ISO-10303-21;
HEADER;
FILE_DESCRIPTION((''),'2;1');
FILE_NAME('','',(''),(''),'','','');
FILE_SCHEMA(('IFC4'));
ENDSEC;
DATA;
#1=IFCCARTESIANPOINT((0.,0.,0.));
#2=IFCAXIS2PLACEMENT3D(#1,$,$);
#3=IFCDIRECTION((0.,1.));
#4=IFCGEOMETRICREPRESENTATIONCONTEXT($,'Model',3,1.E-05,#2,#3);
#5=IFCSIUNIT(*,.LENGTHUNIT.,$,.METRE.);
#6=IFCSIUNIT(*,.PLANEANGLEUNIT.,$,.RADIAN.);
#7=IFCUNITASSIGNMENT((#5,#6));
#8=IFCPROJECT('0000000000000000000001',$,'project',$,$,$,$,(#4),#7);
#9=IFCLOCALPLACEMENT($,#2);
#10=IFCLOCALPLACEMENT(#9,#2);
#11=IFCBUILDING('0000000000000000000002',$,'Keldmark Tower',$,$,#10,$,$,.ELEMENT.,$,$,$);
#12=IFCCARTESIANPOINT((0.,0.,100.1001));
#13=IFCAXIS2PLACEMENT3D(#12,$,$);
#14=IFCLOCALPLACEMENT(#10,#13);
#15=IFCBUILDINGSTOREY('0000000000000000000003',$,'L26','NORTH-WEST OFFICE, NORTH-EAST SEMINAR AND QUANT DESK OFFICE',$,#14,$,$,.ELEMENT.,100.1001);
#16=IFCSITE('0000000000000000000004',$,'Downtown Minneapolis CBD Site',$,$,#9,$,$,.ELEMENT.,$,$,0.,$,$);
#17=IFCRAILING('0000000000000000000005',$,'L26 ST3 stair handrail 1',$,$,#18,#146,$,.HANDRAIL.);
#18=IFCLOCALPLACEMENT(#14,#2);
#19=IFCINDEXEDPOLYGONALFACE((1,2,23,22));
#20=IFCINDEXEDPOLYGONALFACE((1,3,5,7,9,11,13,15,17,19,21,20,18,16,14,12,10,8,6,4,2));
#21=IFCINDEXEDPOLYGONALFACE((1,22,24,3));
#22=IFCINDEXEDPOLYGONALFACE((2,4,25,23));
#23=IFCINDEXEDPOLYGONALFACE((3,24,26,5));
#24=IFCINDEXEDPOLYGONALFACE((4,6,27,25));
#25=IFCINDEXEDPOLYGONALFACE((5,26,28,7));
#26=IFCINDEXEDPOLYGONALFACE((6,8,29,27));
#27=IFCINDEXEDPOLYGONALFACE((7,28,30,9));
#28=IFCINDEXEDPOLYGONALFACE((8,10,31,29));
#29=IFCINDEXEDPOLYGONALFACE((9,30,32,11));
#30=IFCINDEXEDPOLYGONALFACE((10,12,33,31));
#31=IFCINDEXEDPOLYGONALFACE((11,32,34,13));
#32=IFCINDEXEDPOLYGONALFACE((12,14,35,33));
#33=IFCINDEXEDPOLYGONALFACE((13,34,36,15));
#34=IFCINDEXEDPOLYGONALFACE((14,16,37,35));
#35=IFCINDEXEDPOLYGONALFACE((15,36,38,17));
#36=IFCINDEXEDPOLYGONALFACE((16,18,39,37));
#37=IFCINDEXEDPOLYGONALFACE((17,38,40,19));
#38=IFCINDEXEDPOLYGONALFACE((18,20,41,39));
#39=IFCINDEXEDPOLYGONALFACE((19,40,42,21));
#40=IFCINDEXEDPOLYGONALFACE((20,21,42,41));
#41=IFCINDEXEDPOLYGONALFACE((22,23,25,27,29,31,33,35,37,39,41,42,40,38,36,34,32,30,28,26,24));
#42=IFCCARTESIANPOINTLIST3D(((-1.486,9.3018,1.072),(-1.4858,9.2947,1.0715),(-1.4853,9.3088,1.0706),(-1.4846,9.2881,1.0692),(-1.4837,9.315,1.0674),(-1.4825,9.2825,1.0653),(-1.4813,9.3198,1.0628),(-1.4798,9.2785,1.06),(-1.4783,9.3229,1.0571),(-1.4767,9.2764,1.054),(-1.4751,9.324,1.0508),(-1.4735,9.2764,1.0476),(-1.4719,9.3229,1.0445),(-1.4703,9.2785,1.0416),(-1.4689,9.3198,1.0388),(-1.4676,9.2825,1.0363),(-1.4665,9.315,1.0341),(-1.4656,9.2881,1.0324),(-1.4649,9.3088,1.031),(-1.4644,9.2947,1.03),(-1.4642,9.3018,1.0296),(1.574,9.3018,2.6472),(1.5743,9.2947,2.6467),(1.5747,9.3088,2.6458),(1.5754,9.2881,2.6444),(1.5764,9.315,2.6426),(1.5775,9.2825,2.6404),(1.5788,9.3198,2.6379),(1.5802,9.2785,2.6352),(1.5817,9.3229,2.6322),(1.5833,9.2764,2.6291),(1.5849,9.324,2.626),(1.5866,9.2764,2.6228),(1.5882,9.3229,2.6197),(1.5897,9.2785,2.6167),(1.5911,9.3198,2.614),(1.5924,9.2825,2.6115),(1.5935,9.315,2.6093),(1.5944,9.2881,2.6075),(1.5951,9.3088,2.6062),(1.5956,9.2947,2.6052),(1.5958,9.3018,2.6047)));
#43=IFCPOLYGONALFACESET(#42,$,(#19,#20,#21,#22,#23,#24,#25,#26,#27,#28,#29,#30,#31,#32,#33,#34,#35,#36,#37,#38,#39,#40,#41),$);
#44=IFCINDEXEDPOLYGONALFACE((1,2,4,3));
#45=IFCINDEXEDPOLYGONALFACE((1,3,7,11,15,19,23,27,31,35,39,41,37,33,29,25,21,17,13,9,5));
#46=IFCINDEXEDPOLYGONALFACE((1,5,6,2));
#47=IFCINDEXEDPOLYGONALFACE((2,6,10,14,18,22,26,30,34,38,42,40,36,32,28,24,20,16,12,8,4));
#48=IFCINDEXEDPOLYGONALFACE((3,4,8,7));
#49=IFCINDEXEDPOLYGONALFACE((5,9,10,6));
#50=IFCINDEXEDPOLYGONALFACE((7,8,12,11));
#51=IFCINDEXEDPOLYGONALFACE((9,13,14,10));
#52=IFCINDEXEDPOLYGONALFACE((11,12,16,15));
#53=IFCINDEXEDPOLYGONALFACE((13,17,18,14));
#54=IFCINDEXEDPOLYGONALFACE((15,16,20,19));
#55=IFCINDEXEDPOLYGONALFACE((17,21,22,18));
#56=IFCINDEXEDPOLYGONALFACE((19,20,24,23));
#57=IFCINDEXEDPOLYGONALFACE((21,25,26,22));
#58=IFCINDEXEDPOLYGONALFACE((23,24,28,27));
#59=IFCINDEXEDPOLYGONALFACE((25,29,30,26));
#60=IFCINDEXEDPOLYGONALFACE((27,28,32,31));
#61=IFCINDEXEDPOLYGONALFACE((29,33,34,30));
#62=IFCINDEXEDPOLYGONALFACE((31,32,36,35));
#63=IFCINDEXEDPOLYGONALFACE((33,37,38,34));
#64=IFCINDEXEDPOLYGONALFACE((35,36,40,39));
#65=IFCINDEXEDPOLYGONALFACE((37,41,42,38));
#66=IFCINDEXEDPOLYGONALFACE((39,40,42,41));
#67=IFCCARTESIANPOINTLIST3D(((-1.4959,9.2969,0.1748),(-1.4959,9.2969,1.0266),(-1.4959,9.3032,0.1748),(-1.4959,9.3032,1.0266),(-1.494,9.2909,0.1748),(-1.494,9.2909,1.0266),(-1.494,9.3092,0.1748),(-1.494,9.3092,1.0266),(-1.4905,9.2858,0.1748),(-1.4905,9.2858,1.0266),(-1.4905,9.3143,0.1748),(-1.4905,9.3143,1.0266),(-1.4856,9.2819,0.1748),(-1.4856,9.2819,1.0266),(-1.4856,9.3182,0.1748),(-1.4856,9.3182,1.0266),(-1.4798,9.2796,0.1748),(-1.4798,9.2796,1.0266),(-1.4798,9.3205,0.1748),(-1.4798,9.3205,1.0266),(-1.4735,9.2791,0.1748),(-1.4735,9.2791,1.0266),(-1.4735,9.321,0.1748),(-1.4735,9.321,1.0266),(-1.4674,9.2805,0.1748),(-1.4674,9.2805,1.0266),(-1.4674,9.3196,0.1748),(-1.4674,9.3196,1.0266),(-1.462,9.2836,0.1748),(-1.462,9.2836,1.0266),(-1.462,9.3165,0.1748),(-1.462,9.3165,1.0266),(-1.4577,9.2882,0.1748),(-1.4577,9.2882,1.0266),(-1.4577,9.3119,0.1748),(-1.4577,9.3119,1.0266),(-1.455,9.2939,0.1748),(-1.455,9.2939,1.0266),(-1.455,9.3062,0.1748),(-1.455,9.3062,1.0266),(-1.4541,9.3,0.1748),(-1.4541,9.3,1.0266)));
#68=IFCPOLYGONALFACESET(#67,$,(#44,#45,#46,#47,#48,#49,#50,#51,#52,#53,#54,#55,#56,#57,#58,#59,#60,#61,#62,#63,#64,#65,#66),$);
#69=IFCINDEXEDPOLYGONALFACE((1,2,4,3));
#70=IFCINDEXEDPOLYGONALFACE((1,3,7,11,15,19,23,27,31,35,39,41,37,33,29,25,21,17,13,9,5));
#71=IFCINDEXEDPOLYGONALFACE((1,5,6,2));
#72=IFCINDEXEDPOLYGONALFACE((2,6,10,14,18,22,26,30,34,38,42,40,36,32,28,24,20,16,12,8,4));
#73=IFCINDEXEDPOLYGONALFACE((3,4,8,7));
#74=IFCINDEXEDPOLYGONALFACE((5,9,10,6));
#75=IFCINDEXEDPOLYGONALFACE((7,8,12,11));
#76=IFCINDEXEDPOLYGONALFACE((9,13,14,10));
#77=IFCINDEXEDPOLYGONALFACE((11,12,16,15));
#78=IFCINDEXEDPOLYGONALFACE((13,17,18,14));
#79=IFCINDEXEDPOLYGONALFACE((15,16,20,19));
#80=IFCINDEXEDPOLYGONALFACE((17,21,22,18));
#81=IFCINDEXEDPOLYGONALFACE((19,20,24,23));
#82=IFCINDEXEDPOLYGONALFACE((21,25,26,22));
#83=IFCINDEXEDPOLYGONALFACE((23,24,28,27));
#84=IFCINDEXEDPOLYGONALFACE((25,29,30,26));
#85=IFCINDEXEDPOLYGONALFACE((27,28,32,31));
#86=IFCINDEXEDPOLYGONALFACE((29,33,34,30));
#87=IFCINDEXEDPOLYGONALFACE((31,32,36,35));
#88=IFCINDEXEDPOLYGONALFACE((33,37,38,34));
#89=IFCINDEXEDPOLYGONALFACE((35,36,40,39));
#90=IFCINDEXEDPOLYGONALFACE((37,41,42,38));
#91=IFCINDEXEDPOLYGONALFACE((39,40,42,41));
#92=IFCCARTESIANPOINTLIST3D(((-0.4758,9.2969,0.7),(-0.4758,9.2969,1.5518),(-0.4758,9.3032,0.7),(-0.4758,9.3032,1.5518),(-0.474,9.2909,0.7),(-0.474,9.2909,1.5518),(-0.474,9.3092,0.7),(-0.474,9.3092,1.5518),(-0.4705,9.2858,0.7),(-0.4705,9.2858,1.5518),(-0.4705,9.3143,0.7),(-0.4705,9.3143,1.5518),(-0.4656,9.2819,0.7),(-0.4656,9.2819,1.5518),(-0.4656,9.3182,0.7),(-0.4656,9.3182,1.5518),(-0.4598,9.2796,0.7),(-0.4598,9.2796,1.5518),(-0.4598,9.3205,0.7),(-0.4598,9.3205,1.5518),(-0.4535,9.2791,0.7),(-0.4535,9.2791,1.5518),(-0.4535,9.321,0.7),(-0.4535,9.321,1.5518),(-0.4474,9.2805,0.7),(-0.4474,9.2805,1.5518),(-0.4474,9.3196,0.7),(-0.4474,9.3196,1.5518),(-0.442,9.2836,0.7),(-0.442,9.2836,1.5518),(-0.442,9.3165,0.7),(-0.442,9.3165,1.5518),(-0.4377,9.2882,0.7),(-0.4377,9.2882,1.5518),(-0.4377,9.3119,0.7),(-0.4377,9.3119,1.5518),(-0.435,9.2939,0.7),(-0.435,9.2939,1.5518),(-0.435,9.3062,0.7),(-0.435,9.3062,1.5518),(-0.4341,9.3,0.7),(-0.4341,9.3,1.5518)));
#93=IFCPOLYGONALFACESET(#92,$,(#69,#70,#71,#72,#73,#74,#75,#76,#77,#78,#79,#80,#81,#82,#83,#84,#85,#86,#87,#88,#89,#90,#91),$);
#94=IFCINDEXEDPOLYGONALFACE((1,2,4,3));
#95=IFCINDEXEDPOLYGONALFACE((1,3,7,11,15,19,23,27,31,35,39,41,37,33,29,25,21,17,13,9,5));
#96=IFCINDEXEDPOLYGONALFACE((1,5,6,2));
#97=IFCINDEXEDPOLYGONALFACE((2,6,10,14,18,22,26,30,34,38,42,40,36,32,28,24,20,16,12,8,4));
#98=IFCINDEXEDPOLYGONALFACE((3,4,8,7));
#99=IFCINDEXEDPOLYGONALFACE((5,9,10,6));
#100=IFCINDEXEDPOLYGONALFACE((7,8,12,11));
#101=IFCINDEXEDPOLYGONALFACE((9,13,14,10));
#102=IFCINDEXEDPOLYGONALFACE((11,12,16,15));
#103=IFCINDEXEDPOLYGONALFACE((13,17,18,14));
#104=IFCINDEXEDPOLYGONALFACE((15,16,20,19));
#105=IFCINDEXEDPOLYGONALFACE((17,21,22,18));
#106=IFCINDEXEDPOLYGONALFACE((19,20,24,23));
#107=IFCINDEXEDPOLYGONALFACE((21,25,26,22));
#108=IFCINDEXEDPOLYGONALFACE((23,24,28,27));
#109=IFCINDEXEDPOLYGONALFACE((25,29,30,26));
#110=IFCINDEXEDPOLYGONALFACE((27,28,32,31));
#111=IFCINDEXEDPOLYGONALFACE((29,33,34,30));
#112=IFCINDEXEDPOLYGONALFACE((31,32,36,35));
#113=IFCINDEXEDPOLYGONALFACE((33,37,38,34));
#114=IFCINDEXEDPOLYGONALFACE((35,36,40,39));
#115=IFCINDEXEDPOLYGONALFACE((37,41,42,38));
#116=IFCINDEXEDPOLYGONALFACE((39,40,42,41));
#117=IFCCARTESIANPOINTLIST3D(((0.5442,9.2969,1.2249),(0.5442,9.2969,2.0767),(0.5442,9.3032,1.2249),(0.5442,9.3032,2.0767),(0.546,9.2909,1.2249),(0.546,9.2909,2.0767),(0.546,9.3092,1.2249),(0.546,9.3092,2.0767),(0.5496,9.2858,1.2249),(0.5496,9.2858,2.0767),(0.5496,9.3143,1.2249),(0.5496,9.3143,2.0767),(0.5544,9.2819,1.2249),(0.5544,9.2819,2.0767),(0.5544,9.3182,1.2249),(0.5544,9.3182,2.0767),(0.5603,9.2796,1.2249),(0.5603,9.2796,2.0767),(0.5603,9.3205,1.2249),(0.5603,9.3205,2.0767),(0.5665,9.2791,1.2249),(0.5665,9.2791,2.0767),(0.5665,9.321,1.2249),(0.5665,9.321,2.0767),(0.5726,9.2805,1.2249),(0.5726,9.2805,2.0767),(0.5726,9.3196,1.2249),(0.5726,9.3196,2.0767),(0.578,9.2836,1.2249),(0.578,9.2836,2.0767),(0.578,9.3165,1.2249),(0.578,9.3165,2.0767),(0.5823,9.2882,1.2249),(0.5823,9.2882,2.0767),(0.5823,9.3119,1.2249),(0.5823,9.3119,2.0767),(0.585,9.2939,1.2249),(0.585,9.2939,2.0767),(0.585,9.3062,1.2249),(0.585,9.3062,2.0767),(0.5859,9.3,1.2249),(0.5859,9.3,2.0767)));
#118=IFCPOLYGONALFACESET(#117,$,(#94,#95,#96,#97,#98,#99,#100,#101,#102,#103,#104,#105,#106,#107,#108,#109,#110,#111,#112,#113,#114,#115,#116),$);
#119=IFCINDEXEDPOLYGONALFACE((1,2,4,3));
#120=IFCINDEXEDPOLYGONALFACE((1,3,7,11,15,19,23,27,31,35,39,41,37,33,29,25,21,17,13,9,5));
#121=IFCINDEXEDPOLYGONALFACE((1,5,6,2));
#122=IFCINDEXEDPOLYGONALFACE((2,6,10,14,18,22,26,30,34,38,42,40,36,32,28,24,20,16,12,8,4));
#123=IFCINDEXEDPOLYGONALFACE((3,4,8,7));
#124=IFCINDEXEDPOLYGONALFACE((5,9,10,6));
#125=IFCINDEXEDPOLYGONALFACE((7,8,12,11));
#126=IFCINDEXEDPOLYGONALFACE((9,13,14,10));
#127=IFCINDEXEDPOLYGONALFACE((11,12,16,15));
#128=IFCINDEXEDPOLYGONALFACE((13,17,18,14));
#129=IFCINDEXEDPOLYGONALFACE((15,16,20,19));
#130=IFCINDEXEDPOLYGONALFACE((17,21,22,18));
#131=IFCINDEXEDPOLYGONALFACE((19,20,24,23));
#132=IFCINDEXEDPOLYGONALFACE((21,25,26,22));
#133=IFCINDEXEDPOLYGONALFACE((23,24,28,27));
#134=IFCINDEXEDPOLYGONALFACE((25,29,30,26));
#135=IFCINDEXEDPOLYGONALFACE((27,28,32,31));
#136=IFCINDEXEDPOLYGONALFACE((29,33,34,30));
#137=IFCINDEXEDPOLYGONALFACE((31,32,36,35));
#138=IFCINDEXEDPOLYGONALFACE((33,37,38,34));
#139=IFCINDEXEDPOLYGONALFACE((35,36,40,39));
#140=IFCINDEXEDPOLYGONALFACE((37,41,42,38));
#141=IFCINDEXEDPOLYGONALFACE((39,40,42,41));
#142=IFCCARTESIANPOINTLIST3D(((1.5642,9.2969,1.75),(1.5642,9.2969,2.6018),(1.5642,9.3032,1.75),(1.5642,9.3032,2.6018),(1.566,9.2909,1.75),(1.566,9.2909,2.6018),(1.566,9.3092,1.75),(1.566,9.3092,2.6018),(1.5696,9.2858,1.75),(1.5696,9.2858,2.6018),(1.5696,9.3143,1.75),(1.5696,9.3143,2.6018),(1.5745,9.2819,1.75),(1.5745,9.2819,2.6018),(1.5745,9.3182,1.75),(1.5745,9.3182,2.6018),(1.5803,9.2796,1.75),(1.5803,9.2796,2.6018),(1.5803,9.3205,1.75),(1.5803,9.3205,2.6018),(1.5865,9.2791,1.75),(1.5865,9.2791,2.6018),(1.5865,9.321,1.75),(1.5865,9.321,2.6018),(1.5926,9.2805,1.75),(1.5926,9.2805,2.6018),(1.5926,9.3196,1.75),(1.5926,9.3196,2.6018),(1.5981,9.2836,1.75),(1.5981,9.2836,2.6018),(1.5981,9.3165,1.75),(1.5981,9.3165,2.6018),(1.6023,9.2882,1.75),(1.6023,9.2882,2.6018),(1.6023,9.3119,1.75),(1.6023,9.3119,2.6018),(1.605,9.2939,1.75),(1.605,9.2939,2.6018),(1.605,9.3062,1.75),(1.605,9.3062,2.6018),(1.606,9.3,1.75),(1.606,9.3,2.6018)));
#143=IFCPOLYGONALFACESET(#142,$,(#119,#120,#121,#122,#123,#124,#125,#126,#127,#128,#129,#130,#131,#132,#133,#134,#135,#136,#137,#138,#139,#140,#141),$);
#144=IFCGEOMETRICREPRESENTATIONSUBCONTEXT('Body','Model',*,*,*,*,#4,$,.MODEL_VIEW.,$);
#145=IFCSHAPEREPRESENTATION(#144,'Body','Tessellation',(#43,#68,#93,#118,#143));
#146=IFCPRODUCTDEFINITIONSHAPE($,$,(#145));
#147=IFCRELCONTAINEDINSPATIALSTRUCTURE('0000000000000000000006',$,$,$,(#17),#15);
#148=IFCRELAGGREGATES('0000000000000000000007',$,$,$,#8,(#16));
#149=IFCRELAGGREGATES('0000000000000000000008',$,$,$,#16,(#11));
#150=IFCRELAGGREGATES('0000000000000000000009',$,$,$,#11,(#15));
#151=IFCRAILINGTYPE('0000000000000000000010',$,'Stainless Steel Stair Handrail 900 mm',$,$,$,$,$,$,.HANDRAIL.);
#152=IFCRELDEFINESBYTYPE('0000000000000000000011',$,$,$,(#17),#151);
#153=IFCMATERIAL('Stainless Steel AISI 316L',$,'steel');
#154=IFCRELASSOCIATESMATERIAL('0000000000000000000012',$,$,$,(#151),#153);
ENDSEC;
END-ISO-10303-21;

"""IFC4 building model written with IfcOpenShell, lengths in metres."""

from ifc_helpers import new_model, si_unit, direction, frame, origin, origin_2d, place, context, subcontext, project, spatial, circle, extrude, material, type_object, element, save


model = new_model("IFC4")

# Units and contexts
model_context = context("Model", 3, precision=1e-05, world=origin(), true_north=direction((0.0, 1.0)))
body_context = subcontext(model_context, "Body", "Model", "MODEL_VIEW")
ifc_project = project(units=[si_unit("LENGTHUNIT", "METRE"), si_unit("PLANEANGLEUNIT", "RADIAN")], contexts=[model_context])

# Site, building, storey
site_placement = place(None, origin())
site = spatial("IfcSite", under=ifc_project, at=site_placement, Name="Downtown Minneapolis CBD Site", CompositionType="ELEMENT", RefElevation=0.0)
building_placement = place(site_placement, origin())
building = spatial("IfcBuilding", under=site, at=building_placement, Name="Keldmark Tower", CompositionType="ELEMENT")
storey_placement = place(building_placement, frame((0.0, 0.0, 100.1001)))
storey = spatial("IfcBuildingStorey", under=building, at=storey_placement, Name="L26", Description="NORTH-WEST OFFICE, NORTH-EAST SEMINAR AND QUANT DESK OFFICE", CompositionType="ELEMENT", Elevation=100.1001)

# Railing
ifc_material_1 = material(Name="Stainless Steel AISI 316L", Category="steel")
railing_type_1 = type_object("IfcRailingType", Name="Stainless Steel Stair Handrail 900 mm", PredefinedType="HANDRAIL", material=ifc_material_1)
railing_1_placement = place(storey_placement, frame((-1.4751, 9.3, 0.1748)))
element("IfcRailing", 1, at=railing_1_placement, inside=storey, type_object=railing_type_1, Name="L26 ST3 stair handrail 1", PredefinedType="HANDRAIL", context=body_context, shape_type="SweptSolid", body=[
    extrude(circle(Radius=0.0239, at=origin_2d()), frame((0.0, 0.0, 0.876), z_axis=(0.889116, 0.0, 0.457681), x_axis=(0.0, 1.0, 0.0)), (0.0, 0.0, 1.0), 3.4417),
    extrude(circle(Radius=0.021, at=origin_2d()), origin(), (0.0, 0.0, 1.0), 0.8518),
    extrude(circle(Radius=0.021, at=origin_2d()), frame((1.02, 0.0, 0.5251)), (0.0, 0.0, 1.0), 0.8518),
    extrude(circle(Radius=0.021, at=origin_2d()), frame((2.04, 0.0, 1.05)), (0.0, 0.0, 1.0), 0.8518),
    extrude(circle(Radius=0.021, at=origin_2d()), frame((3.0601, 0.0, 1.5752)), (0.0, 0.0, 1.0), 0.8518),
])

save(model, "model.ifc")
